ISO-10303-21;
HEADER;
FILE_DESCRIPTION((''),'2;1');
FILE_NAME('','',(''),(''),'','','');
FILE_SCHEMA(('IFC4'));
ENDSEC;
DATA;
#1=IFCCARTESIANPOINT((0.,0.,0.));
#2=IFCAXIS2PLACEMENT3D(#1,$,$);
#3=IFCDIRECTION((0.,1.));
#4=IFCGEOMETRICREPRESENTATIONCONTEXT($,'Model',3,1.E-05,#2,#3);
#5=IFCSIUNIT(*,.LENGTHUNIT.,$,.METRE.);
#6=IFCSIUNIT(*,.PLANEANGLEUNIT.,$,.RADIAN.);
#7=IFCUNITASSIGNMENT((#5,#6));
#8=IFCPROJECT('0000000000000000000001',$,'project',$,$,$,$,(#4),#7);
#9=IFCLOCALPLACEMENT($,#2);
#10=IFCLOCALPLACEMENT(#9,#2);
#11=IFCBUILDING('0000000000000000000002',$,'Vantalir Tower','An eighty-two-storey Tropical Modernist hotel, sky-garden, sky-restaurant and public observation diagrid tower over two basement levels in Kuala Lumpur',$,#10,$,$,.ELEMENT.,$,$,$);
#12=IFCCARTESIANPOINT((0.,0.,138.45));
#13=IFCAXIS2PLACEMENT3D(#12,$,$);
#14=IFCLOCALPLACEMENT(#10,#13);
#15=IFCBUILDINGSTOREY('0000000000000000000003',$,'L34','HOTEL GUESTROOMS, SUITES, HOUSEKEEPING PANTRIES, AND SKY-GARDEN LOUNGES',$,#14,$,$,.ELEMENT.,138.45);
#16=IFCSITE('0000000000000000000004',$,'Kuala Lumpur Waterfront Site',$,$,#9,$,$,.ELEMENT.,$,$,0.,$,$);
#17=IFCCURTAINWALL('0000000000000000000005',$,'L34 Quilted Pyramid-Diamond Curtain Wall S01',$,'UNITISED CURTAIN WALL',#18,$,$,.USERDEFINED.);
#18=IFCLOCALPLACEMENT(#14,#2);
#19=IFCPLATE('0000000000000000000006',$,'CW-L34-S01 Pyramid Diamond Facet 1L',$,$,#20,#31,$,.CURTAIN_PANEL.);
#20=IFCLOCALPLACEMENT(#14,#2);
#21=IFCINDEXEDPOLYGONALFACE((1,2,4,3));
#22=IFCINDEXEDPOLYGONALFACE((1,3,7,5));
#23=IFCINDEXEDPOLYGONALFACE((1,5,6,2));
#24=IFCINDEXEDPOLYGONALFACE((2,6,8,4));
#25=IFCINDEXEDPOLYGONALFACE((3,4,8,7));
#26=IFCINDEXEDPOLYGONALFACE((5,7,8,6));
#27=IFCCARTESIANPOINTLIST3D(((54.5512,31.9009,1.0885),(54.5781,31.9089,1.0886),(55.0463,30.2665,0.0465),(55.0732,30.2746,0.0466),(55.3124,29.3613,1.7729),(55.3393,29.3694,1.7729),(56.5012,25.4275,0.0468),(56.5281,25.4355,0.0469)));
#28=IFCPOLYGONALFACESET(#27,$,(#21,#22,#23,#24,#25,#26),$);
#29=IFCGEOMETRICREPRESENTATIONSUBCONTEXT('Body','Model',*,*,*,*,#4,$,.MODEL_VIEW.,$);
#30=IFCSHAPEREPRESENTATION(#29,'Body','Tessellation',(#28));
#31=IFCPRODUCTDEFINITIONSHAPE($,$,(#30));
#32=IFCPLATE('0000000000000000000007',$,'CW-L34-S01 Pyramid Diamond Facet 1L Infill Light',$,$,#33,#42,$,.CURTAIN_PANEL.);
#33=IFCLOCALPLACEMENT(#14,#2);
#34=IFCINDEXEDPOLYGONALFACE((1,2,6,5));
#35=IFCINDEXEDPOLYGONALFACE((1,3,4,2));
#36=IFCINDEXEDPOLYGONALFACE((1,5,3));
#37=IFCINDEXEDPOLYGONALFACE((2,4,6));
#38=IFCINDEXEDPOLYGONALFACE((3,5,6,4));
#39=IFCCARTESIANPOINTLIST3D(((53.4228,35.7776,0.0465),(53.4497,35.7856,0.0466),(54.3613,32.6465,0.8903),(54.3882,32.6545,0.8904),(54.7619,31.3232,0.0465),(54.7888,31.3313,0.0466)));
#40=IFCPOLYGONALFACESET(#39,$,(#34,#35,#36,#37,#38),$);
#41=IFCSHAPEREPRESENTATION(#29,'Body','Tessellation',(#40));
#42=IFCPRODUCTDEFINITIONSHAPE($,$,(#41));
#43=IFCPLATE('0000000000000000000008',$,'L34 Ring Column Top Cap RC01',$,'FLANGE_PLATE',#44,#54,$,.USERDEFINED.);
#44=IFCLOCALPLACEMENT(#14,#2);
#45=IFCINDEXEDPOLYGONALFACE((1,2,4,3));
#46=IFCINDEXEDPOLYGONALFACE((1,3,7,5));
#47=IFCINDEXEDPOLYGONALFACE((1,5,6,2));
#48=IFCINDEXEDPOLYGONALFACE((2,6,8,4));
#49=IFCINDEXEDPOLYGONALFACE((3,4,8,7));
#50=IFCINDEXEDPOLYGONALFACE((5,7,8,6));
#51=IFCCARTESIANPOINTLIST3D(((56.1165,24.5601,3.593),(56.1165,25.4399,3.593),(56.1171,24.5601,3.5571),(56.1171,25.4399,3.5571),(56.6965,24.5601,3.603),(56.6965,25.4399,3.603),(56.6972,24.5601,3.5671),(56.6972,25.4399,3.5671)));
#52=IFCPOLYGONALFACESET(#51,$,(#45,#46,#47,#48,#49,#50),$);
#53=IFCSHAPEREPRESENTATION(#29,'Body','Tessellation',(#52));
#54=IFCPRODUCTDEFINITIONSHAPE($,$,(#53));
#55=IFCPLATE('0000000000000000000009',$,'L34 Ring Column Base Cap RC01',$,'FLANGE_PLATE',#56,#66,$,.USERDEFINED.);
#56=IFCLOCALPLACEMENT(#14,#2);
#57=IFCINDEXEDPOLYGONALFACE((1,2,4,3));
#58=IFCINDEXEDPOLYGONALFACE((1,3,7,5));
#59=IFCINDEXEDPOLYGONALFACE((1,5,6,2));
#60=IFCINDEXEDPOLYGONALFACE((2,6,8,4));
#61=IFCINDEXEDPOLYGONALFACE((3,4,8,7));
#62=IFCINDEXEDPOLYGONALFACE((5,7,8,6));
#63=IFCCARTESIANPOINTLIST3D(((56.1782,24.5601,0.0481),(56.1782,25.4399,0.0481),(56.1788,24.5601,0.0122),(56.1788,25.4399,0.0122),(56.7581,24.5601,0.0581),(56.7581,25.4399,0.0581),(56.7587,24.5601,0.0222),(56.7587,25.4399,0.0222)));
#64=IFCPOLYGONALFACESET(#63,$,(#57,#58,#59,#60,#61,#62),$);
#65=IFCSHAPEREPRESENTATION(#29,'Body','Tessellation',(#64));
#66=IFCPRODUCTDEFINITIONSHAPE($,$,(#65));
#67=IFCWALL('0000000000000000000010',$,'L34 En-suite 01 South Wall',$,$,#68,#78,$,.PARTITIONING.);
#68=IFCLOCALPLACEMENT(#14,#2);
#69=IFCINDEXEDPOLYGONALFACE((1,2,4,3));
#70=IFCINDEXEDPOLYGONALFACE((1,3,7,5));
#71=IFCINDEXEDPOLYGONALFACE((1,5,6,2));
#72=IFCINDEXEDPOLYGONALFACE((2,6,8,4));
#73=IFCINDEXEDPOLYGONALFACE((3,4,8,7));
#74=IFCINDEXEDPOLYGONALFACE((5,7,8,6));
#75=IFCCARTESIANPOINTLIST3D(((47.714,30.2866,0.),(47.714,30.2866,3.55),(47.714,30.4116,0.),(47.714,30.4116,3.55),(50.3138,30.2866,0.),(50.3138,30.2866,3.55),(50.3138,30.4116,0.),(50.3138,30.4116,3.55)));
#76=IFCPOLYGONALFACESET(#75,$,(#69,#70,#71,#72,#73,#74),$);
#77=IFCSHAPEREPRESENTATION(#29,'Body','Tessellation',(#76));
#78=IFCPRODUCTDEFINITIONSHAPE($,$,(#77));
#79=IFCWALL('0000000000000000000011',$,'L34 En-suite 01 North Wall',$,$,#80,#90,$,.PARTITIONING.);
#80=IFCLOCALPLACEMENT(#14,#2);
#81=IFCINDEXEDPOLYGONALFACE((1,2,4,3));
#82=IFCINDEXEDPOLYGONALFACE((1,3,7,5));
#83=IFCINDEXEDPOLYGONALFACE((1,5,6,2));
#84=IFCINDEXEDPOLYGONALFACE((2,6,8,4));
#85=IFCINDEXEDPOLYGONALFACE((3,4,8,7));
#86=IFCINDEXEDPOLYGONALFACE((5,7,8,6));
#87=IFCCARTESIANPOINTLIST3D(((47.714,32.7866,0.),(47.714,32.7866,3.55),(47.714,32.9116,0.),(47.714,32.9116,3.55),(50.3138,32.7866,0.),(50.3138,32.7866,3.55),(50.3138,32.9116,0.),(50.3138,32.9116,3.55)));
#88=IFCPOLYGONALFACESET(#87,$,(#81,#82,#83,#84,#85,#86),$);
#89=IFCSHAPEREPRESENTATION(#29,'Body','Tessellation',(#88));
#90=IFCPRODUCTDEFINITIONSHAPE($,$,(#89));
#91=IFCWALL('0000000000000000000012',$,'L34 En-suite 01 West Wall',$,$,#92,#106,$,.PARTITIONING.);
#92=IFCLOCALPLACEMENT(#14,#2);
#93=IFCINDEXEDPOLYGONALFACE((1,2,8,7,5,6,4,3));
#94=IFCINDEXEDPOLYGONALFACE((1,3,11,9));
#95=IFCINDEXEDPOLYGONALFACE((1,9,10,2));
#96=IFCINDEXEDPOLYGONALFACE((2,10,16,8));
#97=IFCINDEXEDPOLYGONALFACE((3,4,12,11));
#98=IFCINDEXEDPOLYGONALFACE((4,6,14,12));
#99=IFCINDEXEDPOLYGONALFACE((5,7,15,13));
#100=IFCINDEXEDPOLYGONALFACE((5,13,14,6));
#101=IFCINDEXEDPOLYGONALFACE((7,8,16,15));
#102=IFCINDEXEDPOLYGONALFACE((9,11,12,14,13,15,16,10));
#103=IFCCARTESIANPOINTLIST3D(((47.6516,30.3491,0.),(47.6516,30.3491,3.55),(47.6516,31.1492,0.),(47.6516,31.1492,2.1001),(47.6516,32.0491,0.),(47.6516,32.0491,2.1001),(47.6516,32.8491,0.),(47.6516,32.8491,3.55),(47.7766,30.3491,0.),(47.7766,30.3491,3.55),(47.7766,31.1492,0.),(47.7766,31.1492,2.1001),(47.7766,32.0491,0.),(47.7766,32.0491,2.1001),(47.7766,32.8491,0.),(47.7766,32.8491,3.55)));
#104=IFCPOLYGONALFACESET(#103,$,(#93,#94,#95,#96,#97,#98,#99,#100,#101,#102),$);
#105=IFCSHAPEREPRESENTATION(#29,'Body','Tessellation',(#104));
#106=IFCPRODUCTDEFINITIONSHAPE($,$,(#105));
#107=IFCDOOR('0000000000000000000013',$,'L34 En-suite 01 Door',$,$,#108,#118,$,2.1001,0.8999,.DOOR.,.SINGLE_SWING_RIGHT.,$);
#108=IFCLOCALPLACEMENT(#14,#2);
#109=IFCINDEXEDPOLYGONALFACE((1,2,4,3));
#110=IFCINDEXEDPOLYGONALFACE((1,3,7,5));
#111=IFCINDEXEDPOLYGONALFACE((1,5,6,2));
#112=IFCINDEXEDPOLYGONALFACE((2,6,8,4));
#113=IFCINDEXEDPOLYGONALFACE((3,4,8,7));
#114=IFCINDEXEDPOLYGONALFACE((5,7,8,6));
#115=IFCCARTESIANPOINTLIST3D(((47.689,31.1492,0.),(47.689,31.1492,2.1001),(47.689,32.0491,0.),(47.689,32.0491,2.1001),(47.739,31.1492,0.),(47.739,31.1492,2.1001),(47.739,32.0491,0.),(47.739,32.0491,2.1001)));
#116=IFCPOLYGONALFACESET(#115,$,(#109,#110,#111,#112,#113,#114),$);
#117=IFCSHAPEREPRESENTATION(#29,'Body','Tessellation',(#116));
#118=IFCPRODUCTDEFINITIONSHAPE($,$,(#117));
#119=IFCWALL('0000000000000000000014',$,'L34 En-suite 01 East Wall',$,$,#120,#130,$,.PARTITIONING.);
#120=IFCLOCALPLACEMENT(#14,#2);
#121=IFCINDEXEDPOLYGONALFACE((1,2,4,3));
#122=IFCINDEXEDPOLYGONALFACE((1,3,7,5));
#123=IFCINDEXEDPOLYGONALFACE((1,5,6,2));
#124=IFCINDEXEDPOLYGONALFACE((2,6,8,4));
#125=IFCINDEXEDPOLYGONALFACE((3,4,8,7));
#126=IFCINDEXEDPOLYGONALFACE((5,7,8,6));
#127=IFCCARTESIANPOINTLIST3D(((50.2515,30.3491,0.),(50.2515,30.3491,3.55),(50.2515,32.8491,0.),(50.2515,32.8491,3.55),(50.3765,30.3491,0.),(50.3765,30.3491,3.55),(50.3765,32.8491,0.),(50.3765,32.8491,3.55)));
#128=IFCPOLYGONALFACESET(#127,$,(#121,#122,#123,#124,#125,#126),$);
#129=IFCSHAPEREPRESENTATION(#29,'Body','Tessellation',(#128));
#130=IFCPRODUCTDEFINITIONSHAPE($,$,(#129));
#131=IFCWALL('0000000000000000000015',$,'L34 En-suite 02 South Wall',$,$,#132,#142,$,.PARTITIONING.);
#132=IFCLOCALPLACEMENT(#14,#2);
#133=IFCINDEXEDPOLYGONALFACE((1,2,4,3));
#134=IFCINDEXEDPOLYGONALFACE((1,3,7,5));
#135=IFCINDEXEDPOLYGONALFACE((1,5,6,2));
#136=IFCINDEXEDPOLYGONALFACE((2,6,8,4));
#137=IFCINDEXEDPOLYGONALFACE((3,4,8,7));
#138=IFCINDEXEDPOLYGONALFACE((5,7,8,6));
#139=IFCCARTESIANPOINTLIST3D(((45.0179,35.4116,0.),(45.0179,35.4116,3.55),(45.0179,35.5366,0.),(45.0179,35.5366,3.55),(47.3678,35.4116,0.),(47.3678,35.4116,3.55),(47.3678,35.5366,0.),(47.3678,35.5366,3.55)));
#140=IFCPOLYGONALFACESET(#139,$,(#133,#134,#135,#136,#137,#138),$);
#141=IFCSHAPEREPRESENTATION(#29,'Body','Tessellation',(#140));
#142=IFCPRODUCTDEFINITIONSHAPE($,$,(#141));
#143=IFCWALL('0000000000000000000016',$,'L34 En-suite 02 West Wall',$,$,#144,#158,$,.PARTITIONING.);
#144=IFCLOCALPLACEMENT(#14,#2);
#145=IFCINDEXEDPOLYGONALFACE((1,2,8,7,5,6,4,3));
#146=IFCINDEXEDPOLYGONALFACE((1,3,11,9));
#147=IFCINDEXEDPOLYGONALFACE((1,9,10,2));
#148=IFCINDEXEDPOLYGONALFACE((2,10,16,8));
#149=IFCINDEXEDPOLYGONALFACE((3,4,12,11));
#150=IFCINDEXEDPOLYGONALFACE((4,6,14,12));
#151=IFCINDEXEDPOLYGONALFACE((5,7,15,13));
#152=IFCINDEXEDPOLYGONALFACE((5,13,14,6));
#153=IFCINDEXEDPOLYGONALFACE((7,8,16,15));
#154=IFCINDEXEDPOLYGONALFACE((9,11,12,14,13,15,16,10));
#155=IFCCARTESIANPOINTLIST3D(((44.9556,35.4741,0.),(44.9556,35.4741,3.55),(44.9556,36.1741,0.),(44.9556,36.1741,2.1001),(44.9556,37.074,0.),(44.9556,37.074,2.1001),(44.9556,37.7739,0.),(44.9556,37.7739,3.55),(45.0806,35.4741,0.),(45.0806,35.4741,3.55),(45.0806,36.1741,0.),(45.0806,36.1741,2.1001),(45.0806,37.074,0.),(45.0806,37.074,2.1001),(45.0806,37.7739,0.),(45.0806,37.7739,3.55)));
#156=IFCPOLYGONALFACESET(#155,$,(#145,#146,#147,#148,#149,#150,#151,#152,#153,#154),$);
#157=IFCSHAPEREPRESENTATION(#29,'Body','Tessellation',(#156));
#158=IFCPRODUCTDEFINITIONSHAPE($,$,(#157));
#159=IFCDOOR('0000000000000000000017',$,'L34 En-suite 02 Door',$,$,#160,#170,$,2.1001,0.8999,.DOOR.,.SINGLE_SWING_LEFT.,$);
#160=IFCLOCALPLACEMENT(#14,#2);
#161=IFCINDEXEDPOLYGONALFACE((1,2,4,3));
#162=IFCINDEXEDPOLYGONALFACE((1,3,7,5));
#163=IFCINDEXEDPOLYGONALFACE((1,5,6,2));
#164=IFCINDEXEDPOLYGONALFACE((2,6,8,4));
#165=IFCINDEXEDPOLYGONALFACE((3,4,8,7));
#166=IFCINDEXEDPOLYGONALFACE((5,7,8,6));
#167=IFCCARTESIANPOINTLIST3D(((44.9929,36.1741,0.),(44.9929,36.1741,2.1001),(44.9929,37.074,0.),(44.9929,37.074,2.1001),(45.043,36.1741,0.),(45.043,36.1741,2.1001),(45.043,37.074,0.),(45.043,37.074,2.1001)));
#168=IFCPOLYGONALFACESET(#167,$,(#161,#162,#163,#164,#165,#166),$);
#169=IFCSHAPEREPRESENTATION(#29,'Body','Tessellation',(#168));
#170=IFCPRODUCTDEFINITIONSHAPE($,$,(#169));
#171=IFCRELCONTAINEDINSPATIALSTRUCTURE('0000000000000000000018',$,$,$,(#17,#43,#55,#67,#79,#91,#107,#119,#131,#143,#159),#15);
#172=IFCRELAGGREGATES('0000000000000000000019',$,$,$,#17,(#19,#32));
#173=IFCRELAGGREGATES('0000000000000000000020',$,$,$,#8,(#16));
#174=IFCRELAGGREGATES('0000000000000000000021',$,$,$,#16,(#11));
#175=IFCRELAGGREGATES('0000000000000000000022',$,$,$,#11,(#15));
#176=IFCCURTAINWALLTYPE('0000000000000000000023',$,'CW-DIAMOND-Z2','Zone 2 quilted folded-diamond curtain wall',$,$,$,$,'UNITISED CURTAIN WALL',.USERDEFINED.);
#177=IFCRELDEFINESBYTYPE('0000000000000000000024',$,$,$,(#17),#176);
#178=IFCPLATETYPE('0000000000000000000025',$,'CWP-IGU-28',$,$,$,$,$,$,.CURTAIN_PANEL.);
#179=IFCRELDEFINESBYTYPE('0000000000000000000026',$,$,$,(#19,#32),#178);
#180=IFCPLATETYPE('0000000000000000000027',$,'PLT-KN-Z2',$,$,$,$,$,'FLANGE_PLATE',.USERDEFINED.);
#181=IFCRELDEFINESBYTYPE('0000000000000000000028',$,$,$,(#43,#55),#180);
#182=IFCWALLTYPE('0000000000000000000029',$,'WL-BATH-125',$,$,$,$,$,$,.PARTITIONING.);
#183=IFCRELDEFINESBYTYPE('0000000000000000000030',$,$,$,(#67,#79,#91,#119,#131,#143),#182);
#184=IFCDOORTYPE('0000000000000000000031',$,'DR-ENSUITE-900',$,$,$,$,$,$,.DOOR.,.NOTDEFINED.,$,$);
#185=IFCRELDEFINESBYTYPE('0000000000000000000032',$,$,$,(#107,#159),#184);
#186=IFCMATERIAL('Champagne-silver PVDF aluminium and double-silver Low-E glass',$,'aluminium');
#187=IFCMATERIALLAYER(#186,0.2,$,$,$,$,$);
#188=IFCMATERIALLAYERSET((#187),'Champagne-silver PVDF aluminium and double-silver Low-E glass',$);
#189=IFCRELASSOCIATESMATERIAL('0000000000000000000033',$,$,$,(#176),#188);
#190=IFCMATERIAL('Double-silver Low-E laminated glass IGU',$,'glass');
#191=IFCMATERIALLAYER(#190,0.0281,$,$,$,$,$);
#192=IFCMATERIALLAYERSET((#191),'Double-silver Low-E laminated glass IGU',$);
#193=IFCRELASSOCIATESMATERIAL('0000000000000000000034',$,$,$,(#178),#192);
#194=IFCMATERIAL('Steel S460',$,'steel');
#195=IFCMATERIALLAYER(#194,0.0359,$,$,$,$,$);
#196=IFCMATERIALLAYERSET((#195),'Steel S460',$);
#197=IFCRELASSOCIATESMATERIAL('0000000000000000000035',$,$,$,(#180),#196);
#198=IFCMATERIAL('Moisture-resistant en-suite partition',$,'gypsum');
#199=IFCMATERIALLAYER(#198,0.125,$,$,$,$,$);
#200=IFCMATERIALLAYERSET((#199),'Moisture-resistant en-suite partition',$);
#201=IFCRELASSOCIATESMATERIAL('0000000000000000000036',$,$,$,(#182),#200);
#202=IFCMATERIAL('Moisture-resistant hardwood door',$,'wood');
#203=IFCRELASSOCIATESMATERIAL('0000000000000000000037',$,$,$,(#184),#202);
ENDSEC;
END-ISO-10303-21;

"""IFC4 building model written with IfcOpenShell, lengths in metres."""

from ifc_helpers import new_model, si_unit, direction, frame, frame_2d, origin, place, context, subcontext, project, spatial, polyline, rectangle, outline, extrude, material, layer, layer_set, type_object, element, fill, aggregate, save


model = new_model("IFC4")

# Units and contexts
model_context = context("Model", 3, precision=1e-05, world=origin(), true_north=direction((0.0, 1.0)))
body_context = subcontext(model_context, "Body", "Model", "MODEL_VIEW")
ifc_project = project(units=[si_unit("LENGTHUNIT", "METRE"), si_unit("PLANEANGLEUNIT", "RADIAN")], contexts=[model_context])

# Site, building, storey
site_placement = place(None, origin())
site = spatial("IfcSite", under=ifc_project, at=site_placement, Name="Kuala Lumpur Waterfront Site", CompositionType="ELEMENT", RefElevation=0.0)
building_placement = place(site_placement, origin())
building = spatial("IfcBuilding", under=site, at=building_placement, Name="Vantalir Tower", Description="An eighty-two-storey Tropical Modernist hotel, sky-garden, sky-restaurant and public observation diagrid tower over two basement levels in Kuala Lumpur", CompositionType="ELEMENT")
storey_placement = place(building_placement, frame((0.0, 0.0, 138.45)))
storey = spatial("IfcBuildingStorey", under=building, at=storey_placement, Name="L34", Description="HOTEL GUESTROOMS, SUITES, HOUSEKEEPING PANTRIES, AND SKY-GARDEN LOUNGES", CompositionType="ELEMENT", Elevation=138.45)

# Shared definitions
ifc_material_1 = material(Name="Steel S460", Category="steel")

# Curtain wall, plates
ifc_material_2 = material(Name="Champagne-silver PVDF aluminium and double-silver Low-E glass", Category="aluminium")
ifc_layer_1 = layer(ifc_material_2, 0.2)
ifc_layer_set_1 = layer_set([ifc_layer_1], Name="Champagne-silver PVDF aluminium and double-silver Low-E glass")
curtain_wall_type = type_object("IfcCurtainWallType", Name="CW-DIAMOND-Z2", Description="Zone 2 quilted folded-diamond curtain wall", ElementType="UNITISED CURTAIN WALL", PredefinedType="USERDEFINED", material=ifc_layer_set_1)
curtain_wall_placement = place(storey_placement, origin())
curtain_wall = element("IfcCurtainWall", 1, at=curtain_wall_placement, inside=storey, type_object=curtain_wall_type, Name="L34 Quilted Pyramid-Diamond Curtain Wall S01", ObjectType="UNITISED CURTAIN WALL", PredefinedType="USERDEFINED")
ifc_material_3 = material(Name="Double-silver Low-E laminated glass IGU", Category="glass")
ifc_layer_2 = layer(ifc_material_3, 0.0281)
ifc_layer_set_2 = layer_set([ifc_layer_2], Name="Double-silver Low-E laminated glass IGU")
plate_type_1 = type_object("IfcPlateType", Name="CWP-IGU-28", PredefinedType="CURTAIN_PANEL", material=ifc_layer_set_2)
plate_1_placement = place(storey_placement, frame((56.5281, 25.4355, 0.0469), z_axis=(0.957647, 0.287926, 0.003365), x_axis=(-0.287928, 0.957652, -0.000048)))
plate_1 = element("IfcPlate", 2, at=plate_1_placement, type_object=plate_type_1, Name="CW-L34-S01 Pyramid Diamond Facet 1L", PredefinedType="CURTAIN_PANEL", context=body_context, shape_type="SweptSolid", body=[
    extrude(outline(polyline([(0.0, 0.0), (5.0531, 0.0), (6.7606, 1.0421), (4.1094, 1.7263), (0.0, 0.0)])), origin(), (0.0, 0.0, -1.0), 0.0281),
])
plate_2_placement = place(storey_placement, frame((54.7888, 31.3313, 0.0466), z_axis=(0.957655, 0.2879, 0.00321), x_axis=(-0.287902, 0.95766, 0.0)))
plate_2 = element("IfcPlate", 3, at=plate_2_placement, type_object=plate_type_1, Name="CW-L34-S01 Pyramid Diamond Facet 1L Infill Light", PredefinedType="CURTAIN_PANEL", context=body_context, shape_type="SweptSolid", body=[
    extrude(outline(polyline([(0.0, 0.0), (4.6513, 0.0), (1.3826, 0.8438), (0.0, 0.0)])), origin(), (0.0, 0.0, -1.0), 0.0281),
])
aggregate(curtain_wall, [plate_1, plate_2])

# Plates
ifc_layer_3 = layer(ifc_material_1, 0.0359)
ifc_layer_set_3 = layer_set([ifc_layer_3], Name="Steel S460")
plate_type_2 = type_object("IfcPlateType", Name="PLT-KN-Z2", ElementType="FLANGE_PLATE", PredefinedType="USERDEFINED", material=ifc_layer_set_3)
plate_3_placement = place(storey_placement, frame((56.1165, 25.4399, 3.593), z_axis=(-0.017253, 0.0, 0.999851), x_axis=(0.0, -1.0, 0.0)))
element("IfcPlate", 4, at=plate_3_placement, inside=storey, type_object=plate_type_2, Name="L34 Ring Column Top Cap RC01", ObjectType="FLANGE_PLATE", PredefinedType="USERDEFINED", context=body_context, shape_type="SweptSolid", body=[
    extrude(outline(polyline([(0.0, 0.0), (0.8799, 0.0), (0.8799, 0.5802), (0.0, 0.5802), (0.0, 0.0)])), origin(), (0.0, 0.0, -1.0), 0.0359),
])
plate_4_placement = place(storey_placement, frame((56.1782, 25.4399, 0.0481), z_axis=(-0.017261, 0.0, 0.999851), x_axis=(0.0, -1.0, 0.0)))
element("IfcPlate", 5, at=plate_4_placement, inside=storey, type_object=plate_type_2, Name="L34 Ring Column Base Cap RC01", ObjectType="FLANGE_PLATE", PredefinedType="USERDEFINED", context=body_context, shape_type="SweptSolid", body=[
    extrude(outline(polyline([(0.0, 0.0), (0.8799, 0.0), (0.8799, 0.5799), (0.0, 0.5799), (0.0, 0.0)])), origin(), (0.0, 0.0, -1.0), 0.0359),
])

# Walls
ifc_material_4 = material(Name="Moisture-resistant en-suite partition", Category="gypsum")
ifc_layer_4 = layer(ifc_material_4, 0.125)
ifc_layer_set_4 = layer_set([ifc_layer_4], Name="Moisture-resistant en-suite partition")
wall_type_1 = type_object("IfcWallType", Name="WL-BATH-125", PredefinedType="PARTITIONING", material=ifc_layer_set_4)
for number, where, z_axis, x_axis, name in (
    (6, (47.7141, 30.3491, 0.0), (0.0, 0.0, 1.0), (1.0, 0.0, 0.0), "L34 En-suite 01 South Wall"),
    (7, (47.7141, 32.8491, 0.0), (0.0, 0.0, 1.0), (1.0, 0.0, 0.0), "L34 En-suite 01 North Wall"),
):
    element("IfcWall", number, at=place(storey_placement, frame(where, z_axis=z_axis, x_axis=x_axis)), inside=storey, type_object=wall_type_1, Name=name, PredefinedType="PARTITIONING", context=body_context, shape_type="SweptSolid", body=[
        extrude(rectangle(XDim=2.5999, YDim=0.125, at=frame_2d((1.2998, 0.0))), origin(), (0.0, 0.0, 1.0), 3.55),
    ])

# Wall, opening, door
wall_1_placement = place(storey_placement, frame((47.7141, 30.3491, 0.0), z_axis=(0.0, 0.0, 1.0), x_axis=(0.0, 1.0, 0.0)))
wall_1 = element("IfcWall", 8, at=wall_1_placement, inside=storey, type_object=wall_type_1, Name="L34 En-suite 01 West Wall", PredefinedType="PARTITIONING", context=body_context, shape_type="SweptSolid", body=[
    extrude(rectangle(XDim=2.5, YDim=0.125, at=frame_2d((1.25, 0.0))), origin(), (0.0, 0.0, 1.0), 3.55),
])
opening_1_placement = place(wall_1_placement, frame((0.8, 0.0, 0.0)))
opening_1 = element("IfcOpeningElement", 9, at=opening_1_placement, cuts=wall_1, PredefinedType="OPENING", context=body_context, shape_type="SweptSolid", body=[
    extrude(rectangle(XDim=0.8999, YDim=2.1001, at=frame_2d((0.45, 1.05))), frame((0.0, 0.0725, 0.0), z_axis=(0.0, -1.0, 0.0), x_axis=(1.0, 0.0, 0.0)), (0.0, 0.0, 1.0), 0.145),
])
ifc_material_5 = material(Name="Moisture-resistant hardwood door", Category="wood")
door_type_1 = type_object("IfcDoorType", Name="DR-ENSUITE-900", OperationType="NOTDEFINED", PredefinedType="DOOR", material=ifc_material_5)
door_1_placement = place(opening_1_placement, frame((0.8999, 0.0, 0.0), z_axis=(0.0, 0.0, 1.0), x_axis=(-1.0, 0.0, 0.0)))
door_1 = element("IfcDoor", 10, at=door_1_placement, inside=storey, type_object=door_type_1, Name="L34 En-suite 01 Door", OperationType="SINGLE_SWING_RIGHT", OverallHeight=2.1001, OverallWidth=0.8999, PredefinedType="DOOR", context=body_context, shape_type="SweptSolid", body=[
    extrude(rectangle(XDim=0.8999, YDim=2.1001, at=frame_2d((0.45, 1.05))), frame((0.0, 0.0249, 0.0), z_axis=(0.0, -1.0, 0.0), x_axis=(1.0, 0.0, 0.0)), (0.0, 0.0, 1.0), 0.05),
])
fill(opening_1, door_1)

# Walls
wall_2_placement = place(storey_placement, frame((50.314, 30.3491, 0.0), z_axis=(0.0, 0.0, 1.0), x_axis=(0.0, 1.0, 0.0)))
element("IfcWall", 11, at=wall_2_placement, inside=storey, type_object=wall_type_1, Name="L34 En-suite 01 East Wall", PredefinedType="PARTITIONING", context=body_context, shape_type="SweptSolid", body=[
    extrude(rectangle(XDim=2.5, YDim=0.125, at=frame_2d((1.25, 0.0))), origin(), (0.0, 0.0, 1.0), 3.55),
])
wall_3_placement = place(storey_placement, frame((45.0181, 35.4741, 0.0), z_axis=(0.0, 0.0, 1.0), x_axis=(1.0, 0.0, 0.0)))
element("IfcWall", 12, at=wall_3_placement, inside=storey, type_object=wall_type_1, Name="L34 En-suite 02 South Wall", PredefinedType="PARTITIONING", context=body_context, shape_type="SweptSolid", body=[
    extrude(rectangle(XDim=2.3499, YDim=0.125, at=frame_2d((1.1748, 0.0))), origin(), (0.0, 0.0, 1.0), 3.55),
])

# Wall, opening, door
wall_4_placement = place(storey_placement, frame((45.0181, 35.4741, 0.0), z_axis=(0.0, 0.0, 1.0), x_axis=(0.0, 1.0, 0.0)))
wall_4 = element("IfcWall", 13, at=wall_4_placement, inside=storey, type_object=wall_type_1, Name="L34 En-suite 02 West Wall", PredefinedType="PARTITIONING", context=body_context, shape_type="SweptSolid", body=[
    extrude(rectangle(XDim=2.2998, YDim=0.125, at=frame_2d((1.1499, 0.0))), origin(), (0.0, 0.0, 1.0), 3.55),
])
opening_2_placement = place(wall_4_placement, frame((0.7, 0.0, 0.0)))
opening_2 = element("IfcOpeningElement", 14, at=opening_2_placement, cuts=wall_4, PredefinedType="OPENING", context=body_context, shape_type="SweptSolid", body=[
    extrude(rectangle(XDim=0.8999, YDim=2.1001, at=frame_2d((0.45, 1.05))), frame((0.0, 0.0725, 0.0), z_axis=(0.0, -1.0, 0.0), x_axis=(1.0, 0.0, 0.0)), (0.0, 0.0, 1.0), 0.145),
])
door_2_placement = place(opening_2_placement, frame((0.8999, 0.0, 0.0), z_axis=(0.0, 0.0, 1.0), x_axis=(-1.0, 0.0, 0.0)))
door_2 = element("IfcDoor", 15, at=door_2_placement, inside=storey, type_object=door_type_1, Name="L34 En-suite 02 Door", OperationType="SINGLE_SWING_LEFT", OverallHeight=2.1001, OverallWidth=0.8999, PredefinedType="DOOR", context=body_context, shape_type="SweptSolid", body=[
    extrude(rectangle(XDim=0.8999, YDim=2.1001, at=frame_2d((0.45, 1.05))), frame((0.0, 0.0249, 0.0), z_axis=(0.0, -1.0, 0.0), x_axis=(1.0, 0.0, 0.0)), (0.0, 0.0, 1.0), 0.05),
])
fill(opening_2, door_2)

save(model, "model.ifc")
